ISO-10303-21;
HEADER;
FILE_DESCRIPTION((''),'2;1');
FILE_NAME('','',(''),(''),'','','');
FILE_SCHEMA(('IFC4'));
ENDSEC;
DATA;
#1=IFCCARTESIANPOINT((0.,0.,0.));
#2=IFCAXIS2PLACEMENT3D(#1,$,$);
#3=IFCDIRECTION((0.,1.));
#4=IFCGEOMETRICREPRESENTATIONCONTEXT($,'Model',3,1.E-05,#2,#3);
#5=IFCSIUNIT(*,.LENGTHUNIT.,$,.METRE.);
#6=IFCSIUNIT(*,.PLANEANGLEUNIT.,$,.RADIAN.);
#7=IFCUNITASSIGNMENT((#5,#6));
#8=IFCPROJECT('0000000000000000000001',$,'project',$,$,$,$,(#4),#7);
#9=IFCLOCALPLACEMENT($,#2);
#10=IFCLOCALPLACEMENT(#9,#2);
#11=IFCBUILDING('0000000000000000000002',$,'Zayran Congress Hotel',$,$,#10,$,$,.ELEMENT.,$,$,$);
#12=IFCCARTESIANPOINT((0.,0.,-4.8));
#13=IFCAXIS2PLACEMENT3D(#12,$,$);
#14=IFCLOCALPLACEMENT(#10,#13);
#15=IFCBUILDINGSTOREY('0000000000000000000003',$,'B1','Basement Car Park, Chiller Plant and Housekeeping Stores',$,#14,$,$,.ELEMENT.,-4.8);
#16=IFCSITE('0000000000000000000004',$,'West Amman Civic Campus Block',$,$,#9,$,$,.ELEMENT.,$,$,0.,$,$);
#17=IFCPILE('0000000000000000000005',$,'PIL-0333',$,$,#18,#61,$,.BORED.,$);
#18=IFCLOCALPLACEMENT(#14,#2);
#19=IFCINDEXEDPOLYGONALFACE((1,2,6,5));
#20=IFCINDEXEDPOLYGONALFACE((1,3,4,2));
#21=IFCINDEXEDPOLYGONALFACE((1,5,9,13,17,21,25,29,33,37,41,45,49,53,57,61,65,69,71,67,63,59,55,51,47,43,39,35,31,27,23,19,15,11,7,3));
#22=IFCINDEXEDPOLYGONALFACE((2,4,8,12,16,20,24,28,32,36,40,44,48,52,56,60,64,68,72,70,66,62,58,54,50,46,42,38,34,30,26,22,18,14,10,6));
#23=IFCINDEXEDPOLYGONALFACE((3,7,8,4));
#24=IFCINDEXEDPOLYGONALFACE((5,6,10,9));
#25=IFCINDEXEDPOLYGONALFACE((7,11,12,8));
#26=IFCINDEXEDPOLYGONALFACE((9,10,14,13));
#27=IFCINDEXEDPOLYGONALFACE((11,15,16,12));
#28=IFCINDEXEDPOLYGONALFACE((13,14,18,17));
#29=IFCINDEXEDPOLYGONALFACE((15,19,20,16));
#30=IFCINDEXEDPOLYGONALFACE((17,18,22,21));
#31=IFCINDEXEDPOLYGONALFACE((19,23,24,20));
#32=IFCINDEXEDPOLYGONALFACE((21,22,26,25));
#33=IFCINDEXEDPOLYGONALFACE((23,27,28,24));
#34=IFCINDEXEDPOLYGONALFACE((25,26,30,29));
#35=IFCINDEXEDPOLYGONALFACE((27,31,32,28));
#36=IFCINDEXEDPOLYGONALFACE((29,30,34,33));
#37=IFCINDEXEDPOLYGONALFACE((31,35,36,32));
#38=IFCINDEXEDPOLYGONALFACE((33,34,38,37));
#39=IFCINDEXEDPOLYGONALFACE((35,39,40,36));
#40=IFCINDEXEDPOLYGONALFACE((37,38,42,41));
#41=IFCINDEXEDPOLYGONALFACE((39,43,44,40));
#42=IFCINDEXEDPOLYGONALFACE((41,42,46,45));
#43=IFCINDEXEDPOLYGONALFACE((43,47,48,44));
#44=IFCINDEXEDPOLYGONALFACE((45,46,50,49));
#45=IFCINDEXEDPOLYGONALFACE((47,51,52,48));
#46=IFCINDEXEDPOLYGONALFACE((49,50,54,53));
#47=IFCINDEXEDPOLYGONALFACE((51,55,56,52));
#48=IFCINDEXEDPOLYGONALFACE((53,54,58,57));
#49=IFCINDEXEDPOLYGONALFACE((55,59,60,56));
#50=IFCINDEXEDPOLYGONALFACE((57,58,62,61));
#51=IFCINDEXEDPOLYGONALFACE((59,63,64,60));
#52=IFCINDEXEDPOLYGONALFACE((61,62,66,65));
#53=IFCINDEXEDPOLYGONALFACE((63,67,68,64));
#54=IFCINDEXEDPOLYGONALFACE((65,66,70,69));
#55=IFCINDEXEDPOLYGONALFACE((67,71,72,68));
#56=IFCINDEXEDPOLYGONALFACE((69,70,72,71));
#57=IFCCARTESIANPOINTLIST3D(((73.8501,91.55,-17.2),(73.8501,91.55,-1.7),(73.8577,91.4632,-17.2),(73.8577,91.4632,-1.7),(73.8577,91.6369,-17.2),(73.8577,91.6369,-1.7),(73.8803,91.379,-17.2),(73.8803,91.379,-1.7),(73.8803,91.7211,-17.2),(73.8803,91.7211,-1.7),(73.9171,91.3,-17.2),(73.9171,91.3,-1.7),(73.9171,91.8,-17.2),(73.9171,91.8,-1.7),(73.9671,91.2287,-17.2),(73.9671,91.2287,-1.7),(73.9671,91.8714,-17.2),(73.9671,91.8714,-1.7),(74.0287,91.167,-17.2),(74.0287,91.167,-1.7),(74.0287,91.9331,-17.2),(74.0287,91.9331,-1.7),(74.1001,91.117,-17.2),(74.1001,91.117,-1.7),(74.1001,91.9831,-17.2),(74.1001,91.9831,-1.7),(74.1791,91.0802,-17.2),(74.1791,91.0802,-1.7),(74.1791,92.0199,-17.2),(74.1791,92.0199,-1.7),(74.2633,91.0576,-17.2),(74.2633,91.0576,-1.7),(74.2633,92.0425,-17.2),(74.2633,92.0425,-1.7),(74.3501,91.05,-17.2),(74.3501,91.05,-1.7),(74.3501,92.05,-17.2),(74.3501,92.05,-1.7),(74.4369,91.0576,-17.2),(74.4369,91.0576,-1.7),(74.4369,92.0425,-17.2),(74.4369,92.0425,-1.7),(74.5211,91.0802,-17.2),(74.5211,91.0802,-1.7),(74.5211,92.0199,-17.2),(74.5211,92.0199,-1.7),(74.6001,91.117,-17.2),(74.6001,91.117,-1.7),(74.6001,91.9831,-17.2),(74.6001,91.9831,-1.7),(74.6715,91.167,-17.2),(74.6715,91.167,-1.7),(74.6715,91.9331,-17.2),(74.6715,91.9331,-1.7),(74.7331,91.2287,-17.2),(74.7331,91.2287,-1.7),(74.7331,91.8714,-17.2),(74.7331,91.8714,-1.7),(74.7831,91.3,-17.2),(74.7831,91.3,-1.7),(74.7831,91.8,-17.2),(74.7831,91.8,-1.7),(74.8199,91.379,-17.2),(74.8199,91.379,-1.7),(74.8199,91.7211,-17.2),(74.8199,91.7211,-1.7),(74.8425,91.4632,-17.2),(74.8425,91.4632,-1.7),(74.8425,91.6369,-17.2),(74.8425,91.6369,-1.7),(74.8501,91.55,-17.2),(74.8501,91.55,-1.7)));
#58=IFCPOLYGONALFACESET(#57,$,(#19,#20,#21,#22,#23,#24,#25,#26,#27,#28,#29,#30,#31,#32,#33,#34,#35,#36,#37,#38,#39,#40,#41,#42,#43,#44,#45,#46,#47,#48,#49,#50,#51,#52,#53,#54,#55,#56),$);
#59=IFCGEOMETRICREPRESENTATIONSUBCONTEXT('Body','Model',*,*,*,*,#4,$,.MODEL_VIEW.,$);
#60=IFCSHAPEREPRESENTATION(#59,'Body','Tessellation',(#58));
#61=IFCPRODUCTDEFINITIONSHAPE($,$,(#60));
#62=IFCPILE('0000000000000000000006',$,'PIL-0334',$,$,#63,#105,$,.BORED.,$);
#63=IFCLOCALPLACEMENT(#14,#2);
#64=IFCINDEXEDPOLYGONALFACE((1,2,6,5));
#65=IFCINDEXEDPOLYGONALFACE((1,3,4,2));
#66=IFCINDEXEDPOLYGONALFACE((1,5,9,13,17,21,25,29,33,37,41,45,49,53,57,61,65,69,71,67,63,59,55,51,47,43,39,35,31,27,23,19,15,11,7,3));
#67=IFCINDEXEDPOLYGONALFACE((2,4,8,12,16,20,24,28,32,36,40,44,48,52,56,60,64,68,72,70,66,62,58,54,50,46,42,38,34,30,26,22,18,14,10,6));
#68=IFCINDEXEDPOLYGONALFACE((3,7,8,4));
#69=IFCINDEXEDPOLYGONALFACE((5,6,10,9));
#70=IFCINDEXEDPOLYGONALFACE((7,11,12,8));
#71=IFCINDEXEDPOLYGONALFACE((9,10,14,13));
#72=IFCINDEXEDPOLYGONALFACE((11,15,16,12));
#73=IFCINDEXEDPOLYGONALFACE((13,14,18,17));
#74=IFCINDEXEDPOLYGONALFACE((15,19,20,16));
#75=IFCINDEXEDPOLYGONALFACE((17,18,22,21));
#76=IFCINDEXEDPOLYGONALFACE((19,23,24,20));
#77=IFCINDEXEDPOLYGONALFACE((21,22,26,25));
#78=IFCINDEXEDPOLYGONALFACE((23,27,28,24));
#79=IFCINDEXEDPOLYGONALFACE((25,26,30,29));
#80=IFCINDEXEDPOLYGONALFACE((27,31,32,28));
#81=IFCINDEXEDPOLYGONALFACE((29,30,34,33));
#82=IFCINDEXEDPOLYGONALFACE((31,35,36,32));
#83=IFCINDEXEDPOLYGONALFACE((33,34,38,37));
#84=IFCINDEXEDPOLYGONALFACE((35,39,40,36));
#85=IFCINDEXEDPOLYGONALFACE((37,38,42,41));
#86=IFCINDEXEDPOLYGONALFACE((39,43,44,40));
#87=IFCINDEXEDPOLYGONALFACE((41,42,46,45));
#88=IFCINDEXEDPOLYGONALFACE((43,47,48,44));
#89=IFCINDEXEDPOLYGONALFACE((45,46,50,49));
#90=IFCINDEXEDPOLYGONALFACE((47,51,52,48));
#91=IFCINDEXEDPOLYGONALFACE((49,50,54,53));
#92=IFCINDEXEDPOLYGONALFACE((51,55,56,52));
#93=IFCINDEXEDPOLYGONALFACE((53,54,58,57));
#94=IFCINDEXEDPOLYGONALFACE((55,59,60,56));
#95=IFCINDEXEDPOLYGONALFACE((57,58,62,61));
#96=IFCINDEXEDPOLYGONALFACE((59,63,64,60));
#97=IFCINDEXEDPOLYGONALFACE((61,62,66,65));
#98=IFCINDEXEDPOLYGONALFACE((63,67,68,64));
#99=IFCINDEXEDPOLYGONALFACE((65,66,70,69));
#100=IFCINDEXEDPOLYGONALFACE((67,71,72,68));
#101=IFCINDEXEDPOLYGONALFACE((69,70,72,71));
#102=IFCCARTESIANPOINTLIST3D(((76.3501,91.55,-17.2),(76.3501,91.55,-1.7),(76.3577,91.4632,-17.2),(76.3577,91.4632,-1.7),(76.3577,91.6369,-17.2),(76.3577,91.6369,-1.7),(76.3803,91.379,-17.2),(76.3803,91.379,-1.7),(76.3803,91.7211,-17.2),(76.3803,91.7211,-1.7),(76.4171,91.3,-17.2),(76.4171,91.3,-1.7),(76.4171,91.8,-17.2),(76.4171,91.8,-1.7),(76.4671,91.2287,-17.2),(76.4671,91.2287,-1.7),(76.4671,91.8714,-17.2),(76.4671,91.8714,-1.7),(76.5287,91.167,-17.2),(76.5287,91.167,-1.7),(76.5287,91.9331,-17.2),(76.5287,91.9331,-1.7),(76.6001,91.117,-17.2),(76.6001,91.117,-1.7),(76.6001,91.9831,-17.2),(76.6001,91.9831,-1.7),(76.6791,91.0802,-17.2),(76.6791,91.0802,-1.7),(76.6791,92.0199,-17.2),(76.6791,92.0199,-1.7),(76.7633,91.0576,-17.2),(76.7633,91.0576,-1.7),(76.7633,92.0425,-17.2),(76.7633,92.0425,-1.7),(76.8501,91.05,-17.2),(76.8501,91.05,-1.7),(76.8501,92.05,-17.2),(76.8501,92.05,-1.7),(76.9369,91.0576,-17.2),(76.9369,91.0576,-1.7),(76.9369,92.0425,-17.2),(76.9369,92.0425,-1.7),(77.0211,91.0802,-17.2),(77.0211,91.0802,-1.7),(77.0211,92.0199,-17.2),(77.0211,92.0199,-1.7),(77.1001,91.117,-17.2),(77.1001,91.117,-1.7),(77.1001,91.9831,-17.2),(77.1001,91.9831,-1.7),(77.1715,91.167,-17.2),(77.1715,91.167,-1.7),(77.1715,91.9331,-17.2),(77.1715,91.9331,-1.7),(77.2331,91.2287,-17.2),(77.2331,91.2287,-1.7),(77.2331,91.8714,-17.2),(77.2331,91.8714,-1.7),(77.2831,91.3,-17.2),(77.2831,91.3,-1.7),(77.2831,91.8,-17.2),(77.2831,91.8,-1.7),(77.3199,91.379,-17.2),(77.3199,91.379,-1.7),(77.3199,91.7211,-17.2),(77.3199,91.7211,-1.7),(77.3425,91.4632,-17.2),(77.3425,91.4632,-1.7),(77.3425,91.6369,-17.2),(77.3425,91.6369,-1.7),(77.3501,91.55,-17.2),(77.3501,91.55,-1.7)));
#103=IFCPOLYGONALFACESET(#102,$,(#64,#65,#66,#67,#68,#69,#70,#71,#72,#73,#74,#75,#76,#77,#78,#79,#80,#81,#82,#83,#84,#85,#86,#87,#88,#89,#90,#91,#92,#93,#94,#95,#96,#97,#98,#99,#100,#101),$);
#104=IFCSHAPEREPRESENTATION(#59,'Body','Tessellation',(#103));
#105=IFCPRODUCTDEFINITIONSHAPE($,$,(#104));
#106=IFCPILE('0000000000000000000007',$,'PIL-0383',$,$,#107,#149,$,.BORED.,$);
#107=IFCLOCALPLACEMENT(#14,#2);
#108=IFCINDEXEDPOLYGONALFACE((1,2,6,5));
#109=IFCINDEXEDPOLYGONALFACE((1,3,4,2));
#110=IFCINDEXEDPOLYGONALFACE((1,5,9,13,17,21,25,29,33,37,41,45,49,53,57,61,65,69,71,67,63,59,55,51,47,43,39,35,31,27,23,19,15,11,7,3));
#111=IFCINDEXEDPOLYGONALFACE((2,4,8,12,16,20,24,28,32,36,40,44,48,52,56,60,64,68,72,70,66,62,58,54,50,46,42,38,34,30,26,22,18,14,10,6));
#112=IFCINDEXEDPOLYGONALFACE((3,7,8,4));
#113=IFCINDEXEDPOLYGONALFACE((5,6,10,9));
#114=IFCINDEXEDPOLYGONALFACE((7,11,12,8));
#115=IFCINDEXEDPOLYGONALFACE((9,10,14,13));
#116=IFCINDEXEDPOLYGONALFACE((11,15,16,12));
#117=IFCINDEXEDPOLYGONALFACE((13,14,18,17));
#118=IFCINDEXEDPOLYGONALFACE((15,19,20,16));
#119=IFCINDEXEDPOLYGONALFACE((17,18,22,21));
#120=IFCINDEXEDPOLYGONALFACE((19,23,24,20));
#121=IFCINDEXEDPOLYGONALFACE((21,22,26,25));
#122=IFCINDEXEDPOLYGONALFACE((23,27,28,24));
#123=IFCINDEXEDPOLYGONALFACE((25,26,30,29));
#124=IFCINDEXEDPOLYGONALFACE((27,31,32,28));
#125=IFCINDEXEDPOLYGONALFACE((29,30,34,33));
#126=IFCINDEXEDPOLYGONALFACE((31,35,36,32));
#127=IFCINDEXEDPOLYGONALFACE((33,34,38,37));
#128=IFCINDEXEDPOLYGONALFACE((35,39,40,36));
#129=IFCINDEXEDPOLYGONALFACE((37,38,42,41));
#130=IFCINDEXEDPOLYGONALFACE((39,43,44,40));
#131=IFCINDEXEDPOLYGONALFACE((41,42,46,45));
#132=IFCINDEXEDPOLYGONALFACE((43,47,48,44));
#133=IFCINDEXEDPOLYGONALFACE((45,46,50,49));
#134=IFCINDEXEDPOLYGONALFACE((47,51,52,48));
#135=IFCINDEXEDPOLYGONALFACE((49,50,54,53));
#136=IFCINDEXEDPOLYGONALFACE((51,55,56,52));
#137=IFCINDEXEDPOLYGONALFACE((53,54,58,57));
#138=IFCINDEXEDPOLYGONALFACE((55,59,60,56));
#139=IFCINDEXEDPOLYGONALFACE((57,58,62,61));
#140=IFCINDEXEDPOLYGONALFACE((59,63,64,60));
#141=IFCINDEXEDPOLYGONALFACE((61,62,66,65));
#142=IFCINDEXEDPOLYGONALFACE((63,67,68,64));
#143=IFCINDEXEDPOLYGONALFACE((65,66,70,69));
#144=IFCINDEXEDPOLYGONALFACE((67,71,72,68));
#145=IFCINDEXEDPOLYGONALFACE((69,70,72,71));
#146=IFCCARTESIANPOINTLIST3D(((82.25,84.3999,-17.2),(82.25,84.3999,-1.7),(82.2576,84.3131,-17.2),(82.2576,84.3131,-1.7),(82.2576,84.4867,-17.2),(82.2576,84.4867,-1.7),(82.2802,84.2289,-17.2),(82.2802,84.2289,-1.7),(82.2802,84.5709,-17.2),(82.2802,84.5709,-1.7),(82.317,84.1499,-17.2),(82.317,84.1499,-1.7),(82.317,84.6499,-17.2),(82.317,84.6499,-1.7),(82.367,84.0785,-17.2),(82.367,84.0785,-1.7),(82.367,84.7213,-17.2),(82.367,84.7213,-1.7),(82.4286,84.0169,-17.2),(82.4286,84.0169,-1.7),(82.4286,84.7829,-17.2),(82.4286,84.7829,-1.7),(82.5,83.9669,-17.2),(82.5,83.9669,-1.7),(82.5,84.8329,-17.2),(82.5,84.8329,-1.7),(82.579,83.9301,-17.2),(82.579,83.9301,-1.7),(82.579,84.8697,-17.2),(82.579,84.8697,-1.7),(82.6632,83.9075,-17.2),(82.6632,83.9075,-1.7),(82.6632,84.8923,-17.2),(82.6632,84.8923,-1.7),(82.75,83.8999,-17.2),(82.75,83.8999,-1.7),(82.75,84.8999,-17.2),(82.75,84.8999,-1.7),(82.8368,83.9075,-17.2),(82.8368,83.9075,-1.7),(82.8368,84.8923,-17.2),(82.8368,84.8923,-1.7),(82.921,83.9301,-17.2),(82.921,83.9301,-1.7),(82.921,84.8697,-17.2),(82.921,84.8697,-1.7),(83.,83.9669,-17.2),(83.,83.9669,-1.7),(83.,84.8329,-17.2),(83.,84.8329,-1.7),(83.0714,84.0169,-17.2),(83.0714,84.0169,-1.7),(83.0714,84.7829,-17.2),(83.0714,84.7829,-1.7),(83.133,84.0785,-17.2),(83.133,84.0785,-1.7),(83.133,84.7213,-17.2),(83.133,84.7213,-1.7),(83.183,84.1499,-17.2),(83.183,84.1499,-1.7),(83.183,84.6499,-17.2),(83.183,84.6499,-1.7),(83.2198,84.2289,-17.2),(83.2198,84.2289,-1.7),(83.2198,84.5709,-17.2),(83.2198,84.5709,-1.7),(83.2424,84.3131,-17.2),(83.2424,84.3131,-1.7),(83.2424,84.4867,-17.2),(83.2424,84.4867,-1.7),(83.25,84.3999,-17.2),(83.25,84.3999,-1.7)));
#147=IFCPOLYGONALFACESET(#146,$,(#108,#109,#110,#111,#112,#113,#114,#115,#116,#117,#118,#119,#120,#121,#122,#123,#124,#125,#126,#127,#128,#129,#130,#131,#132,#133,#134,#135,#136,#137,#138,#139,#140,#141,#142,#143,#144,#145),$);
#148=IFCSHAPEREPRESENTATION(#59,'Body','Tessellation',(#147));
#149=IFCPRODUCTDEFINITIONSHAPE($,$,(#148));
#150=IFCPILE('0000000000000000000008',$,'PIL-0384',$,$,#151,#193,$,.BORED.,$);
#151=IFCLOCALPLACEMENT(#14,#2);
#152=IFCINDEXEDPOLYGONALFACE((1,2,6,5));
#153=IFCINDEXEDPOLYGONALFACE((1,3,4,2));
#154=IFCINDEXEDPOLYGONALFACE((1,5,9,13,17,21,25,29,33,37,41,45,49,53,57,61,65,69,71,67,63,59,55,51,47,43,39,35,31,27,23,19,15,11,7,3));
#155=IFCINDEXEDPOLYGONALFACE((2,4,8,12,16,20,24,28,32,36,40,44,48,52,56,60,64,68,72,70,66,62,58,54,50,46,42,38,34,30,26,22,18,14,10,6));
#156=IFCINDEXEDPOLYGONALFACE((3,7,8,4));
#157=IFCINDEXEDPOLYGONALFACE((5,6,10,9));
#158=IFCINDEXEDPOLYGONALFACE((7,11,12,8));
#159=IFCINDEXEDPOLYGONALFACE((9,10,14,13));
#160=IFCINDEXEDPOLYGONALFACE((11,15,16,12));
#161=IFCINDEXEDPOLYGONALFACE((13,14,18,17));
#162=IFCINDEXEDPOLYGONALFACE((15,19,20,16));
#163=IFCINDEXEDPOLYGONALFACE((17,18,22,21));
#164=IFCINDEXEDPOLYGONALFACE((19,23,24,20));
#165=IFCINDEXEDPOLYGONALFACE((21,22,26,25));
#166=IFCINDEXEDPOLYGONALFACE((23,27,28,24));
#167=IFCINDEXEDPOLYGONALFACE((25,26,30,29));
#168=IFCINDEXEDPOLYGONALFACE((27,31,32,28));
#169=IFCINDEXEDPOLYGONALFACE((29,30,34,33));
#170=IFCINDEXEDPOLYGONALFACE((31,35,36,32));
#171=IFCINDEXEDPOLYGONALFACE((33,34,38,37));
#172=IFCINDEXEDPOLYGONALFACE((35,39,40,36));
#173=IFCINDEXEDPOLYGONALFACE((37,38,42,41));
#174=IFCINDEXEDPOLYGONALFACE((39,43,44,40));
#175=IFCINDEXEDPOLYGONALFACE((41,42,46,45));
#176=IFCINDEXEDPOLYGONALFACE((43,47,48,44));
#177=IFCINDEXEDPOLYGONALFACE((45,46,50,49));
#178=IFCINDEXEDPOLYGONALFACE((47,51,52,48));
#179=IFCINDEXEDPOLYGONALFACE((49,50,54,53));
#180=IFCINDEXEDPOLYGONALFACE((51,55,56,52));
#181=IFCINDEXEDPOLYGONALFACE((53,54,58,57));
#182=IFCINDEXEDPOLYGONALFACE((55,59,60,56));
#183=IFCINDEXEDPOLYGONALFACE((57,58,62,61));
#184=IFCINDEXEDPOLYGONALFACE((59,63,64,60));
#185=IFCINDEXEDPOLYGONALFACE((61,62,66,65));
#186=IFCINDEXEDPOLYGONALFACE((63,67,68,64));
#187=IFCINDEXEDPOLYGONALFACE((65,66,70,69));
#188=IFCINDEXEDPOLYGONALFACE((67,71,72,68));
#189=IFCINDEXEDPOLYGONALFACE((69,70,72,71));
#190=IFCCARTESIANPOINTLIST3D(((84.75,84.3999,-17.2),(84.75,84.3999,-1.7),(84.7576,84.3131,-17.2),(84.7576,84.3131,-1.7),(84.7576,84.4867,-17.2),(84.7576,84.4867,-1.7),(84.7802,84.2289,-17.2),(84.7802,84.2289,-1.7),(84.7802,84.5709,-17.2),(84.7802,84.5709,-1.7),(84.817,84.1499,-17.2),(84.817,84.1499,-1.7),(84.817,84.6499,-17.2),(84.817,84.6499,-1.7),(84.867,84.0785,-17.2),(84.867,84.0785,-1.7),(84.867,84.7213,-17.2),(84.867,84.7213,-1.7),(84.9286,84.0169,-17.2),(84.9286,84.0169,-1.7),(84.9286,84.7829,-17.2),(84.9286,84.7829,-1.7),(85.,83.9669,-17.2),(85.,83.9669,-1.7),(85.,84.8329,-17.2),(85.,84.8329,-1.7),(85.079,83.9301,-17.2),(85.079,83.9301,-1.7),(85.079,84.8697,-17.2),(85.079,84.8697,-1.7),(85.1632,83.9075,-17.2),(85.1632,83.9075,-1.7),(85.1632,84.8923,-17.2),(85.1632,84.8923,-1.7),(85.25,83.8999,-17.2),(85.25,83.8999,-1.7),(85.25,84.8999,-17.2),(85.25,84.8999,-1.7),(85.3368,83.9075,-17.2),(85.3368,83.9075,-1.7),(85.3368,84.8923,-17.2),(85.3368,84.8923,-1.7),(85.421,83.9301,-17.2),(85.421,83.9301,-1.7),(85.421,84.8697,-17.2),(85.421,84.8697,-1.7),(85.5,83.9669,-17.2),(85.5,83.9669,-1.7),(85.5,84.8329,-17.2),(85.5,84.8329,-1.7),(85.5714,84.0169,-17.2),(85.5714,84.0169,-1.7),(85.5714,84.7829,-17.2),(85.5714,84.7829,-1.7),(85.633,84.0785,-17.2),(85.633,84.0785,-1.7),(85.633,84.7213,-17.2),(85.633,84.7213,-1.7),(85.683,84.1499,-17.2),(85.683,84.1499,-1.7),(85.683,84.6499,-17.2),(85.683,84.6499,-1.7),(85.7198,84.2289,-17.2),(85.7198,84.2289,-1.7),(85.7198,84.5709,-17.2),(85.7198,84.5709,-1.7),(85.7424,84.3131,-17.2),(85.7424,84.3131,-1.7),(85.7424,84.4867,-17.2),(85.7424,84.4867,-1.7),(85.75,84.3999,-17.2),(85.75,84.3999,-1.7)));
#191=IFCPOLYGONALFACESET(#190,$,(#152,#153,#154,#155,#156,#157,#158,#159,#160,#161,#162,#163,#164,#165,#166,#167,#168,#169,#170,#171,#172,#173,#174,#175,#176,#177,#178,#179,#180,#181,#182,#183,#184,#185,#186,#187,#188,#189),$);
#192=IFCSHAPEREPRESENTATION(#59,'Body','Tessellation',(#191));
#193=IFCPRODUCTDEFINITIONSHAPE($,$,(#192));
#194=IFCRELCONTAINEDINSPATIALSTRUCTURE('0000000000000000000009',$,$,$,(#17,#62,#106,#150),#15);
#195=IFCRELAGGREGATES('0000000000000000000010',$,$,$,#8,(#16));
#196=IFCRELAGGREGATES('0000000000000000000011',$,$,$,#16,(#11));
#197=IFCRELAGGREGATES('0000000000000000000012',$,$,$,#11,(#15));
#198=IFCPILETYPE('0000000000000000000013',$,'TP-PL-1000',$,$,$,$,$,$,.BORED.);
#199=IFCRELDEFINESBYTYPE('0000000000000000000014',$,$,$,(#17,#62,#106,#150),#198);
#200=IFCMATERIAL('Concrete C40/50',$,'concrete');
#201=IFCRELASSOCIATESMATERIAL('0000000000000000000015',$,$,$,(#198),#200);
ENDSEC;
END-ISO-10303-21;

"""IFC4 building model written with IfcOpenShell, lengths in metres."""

from ifc_helpers import new_model, si_unit, direction, frame, origin, origin_2d, place, context, subcontext, project, spatial, circle, extrude, material, material_profile, profile_set, type_object, element, save


model = new_model("IFC4")

# Units and contexts
model_context = context("Model", 3, precision=1e-05, world=origin(), true_north=direction((0.0, 1.0)))
body_context = subcontext(model_context, "Body", "Model", "MODEL_VIEW")
ifc_project = project(units=[si_unit("LENGTHUNIT", "METRE"), si_unit("PLANEANGLEUNIT", "RADIAN")], contexts=[model_context])

# Site, building, storey
site_placement = place(None, origin())
site = spatial("IfcSite", under=ifc_project, at=site_placement, Name="West Amman Civic Campus Block", CompositionType="ELEMENT", RefElevation=0.0)
building_placement = place(site_placement, origin())
building = spatial("IfcBuilding", under=site, at=building_placement, Name="Zayran Congress Hotel", CompositionType="ELEMENT")
storey_placement = place(building_placement, frame((0.0, 0.0, -4.8)))
storey = spatial("IfcBuildingStorey", under=building, at=storey_placement, Name="B1", Description="Basement Car Park, Chiller Plant and Housekeeping Stores", CompositionType="ELEMENT", Elevation=-4.8)

# Piles
ifc_material_1 = material(Name="Concrete C40/50", Category="concrete")
ifc_material_profile_1 = material_profile(ifc_material_1, circle(Radius=0.5, at=origin_2d()), Name="PILE D1000")
ifc_profile_set_1 = profile_set([ifc_material_profile_1], Name="Concrete C40/50")
pile_type = type_object("IfcPileType", Name="TP-PL-1000", PredefinedType="BORED", material=ifc_profile_set_1)
for number, where, z_axis, x_axis, name in (
    (1, (74.3501, 91.55, -1.7), (0.0, 0.0, -1.0), (1.0, 0.0, 0.0), "PIL-0333"),
    (2, (76.8501, 91.55, -1.7), (0.0, 0.0, -1.0), (1.0, 0.0, 0.0), "PIL-0334"),
    (3, (82.75, 84.3999, -1.7), (0.0, 0.0, -1.0), (1.0, 0.0, 0.0), "PIL-0383"),
    (4, (85.25, 84.3999, -1.7), (0.0, 0.0, -1.0), (1.0, 0.0, 0.0), "PIL-0384"),
):
    element("IfcPile", number, at=place(storey_placement, frame(where, z_axis=z_axis, x_axis=x_axis)), inside=storey, type_object=pile_type, Name=name, PredefinedType="BORED", context=body_context, shape_type="SweptSolid", body=[
        extrude(circle(Radius=0.5, at=origin_2d()), origin(), (0.0, 0.0, 1.0), 15.5),
    ])

save(model, "model.ifc")
